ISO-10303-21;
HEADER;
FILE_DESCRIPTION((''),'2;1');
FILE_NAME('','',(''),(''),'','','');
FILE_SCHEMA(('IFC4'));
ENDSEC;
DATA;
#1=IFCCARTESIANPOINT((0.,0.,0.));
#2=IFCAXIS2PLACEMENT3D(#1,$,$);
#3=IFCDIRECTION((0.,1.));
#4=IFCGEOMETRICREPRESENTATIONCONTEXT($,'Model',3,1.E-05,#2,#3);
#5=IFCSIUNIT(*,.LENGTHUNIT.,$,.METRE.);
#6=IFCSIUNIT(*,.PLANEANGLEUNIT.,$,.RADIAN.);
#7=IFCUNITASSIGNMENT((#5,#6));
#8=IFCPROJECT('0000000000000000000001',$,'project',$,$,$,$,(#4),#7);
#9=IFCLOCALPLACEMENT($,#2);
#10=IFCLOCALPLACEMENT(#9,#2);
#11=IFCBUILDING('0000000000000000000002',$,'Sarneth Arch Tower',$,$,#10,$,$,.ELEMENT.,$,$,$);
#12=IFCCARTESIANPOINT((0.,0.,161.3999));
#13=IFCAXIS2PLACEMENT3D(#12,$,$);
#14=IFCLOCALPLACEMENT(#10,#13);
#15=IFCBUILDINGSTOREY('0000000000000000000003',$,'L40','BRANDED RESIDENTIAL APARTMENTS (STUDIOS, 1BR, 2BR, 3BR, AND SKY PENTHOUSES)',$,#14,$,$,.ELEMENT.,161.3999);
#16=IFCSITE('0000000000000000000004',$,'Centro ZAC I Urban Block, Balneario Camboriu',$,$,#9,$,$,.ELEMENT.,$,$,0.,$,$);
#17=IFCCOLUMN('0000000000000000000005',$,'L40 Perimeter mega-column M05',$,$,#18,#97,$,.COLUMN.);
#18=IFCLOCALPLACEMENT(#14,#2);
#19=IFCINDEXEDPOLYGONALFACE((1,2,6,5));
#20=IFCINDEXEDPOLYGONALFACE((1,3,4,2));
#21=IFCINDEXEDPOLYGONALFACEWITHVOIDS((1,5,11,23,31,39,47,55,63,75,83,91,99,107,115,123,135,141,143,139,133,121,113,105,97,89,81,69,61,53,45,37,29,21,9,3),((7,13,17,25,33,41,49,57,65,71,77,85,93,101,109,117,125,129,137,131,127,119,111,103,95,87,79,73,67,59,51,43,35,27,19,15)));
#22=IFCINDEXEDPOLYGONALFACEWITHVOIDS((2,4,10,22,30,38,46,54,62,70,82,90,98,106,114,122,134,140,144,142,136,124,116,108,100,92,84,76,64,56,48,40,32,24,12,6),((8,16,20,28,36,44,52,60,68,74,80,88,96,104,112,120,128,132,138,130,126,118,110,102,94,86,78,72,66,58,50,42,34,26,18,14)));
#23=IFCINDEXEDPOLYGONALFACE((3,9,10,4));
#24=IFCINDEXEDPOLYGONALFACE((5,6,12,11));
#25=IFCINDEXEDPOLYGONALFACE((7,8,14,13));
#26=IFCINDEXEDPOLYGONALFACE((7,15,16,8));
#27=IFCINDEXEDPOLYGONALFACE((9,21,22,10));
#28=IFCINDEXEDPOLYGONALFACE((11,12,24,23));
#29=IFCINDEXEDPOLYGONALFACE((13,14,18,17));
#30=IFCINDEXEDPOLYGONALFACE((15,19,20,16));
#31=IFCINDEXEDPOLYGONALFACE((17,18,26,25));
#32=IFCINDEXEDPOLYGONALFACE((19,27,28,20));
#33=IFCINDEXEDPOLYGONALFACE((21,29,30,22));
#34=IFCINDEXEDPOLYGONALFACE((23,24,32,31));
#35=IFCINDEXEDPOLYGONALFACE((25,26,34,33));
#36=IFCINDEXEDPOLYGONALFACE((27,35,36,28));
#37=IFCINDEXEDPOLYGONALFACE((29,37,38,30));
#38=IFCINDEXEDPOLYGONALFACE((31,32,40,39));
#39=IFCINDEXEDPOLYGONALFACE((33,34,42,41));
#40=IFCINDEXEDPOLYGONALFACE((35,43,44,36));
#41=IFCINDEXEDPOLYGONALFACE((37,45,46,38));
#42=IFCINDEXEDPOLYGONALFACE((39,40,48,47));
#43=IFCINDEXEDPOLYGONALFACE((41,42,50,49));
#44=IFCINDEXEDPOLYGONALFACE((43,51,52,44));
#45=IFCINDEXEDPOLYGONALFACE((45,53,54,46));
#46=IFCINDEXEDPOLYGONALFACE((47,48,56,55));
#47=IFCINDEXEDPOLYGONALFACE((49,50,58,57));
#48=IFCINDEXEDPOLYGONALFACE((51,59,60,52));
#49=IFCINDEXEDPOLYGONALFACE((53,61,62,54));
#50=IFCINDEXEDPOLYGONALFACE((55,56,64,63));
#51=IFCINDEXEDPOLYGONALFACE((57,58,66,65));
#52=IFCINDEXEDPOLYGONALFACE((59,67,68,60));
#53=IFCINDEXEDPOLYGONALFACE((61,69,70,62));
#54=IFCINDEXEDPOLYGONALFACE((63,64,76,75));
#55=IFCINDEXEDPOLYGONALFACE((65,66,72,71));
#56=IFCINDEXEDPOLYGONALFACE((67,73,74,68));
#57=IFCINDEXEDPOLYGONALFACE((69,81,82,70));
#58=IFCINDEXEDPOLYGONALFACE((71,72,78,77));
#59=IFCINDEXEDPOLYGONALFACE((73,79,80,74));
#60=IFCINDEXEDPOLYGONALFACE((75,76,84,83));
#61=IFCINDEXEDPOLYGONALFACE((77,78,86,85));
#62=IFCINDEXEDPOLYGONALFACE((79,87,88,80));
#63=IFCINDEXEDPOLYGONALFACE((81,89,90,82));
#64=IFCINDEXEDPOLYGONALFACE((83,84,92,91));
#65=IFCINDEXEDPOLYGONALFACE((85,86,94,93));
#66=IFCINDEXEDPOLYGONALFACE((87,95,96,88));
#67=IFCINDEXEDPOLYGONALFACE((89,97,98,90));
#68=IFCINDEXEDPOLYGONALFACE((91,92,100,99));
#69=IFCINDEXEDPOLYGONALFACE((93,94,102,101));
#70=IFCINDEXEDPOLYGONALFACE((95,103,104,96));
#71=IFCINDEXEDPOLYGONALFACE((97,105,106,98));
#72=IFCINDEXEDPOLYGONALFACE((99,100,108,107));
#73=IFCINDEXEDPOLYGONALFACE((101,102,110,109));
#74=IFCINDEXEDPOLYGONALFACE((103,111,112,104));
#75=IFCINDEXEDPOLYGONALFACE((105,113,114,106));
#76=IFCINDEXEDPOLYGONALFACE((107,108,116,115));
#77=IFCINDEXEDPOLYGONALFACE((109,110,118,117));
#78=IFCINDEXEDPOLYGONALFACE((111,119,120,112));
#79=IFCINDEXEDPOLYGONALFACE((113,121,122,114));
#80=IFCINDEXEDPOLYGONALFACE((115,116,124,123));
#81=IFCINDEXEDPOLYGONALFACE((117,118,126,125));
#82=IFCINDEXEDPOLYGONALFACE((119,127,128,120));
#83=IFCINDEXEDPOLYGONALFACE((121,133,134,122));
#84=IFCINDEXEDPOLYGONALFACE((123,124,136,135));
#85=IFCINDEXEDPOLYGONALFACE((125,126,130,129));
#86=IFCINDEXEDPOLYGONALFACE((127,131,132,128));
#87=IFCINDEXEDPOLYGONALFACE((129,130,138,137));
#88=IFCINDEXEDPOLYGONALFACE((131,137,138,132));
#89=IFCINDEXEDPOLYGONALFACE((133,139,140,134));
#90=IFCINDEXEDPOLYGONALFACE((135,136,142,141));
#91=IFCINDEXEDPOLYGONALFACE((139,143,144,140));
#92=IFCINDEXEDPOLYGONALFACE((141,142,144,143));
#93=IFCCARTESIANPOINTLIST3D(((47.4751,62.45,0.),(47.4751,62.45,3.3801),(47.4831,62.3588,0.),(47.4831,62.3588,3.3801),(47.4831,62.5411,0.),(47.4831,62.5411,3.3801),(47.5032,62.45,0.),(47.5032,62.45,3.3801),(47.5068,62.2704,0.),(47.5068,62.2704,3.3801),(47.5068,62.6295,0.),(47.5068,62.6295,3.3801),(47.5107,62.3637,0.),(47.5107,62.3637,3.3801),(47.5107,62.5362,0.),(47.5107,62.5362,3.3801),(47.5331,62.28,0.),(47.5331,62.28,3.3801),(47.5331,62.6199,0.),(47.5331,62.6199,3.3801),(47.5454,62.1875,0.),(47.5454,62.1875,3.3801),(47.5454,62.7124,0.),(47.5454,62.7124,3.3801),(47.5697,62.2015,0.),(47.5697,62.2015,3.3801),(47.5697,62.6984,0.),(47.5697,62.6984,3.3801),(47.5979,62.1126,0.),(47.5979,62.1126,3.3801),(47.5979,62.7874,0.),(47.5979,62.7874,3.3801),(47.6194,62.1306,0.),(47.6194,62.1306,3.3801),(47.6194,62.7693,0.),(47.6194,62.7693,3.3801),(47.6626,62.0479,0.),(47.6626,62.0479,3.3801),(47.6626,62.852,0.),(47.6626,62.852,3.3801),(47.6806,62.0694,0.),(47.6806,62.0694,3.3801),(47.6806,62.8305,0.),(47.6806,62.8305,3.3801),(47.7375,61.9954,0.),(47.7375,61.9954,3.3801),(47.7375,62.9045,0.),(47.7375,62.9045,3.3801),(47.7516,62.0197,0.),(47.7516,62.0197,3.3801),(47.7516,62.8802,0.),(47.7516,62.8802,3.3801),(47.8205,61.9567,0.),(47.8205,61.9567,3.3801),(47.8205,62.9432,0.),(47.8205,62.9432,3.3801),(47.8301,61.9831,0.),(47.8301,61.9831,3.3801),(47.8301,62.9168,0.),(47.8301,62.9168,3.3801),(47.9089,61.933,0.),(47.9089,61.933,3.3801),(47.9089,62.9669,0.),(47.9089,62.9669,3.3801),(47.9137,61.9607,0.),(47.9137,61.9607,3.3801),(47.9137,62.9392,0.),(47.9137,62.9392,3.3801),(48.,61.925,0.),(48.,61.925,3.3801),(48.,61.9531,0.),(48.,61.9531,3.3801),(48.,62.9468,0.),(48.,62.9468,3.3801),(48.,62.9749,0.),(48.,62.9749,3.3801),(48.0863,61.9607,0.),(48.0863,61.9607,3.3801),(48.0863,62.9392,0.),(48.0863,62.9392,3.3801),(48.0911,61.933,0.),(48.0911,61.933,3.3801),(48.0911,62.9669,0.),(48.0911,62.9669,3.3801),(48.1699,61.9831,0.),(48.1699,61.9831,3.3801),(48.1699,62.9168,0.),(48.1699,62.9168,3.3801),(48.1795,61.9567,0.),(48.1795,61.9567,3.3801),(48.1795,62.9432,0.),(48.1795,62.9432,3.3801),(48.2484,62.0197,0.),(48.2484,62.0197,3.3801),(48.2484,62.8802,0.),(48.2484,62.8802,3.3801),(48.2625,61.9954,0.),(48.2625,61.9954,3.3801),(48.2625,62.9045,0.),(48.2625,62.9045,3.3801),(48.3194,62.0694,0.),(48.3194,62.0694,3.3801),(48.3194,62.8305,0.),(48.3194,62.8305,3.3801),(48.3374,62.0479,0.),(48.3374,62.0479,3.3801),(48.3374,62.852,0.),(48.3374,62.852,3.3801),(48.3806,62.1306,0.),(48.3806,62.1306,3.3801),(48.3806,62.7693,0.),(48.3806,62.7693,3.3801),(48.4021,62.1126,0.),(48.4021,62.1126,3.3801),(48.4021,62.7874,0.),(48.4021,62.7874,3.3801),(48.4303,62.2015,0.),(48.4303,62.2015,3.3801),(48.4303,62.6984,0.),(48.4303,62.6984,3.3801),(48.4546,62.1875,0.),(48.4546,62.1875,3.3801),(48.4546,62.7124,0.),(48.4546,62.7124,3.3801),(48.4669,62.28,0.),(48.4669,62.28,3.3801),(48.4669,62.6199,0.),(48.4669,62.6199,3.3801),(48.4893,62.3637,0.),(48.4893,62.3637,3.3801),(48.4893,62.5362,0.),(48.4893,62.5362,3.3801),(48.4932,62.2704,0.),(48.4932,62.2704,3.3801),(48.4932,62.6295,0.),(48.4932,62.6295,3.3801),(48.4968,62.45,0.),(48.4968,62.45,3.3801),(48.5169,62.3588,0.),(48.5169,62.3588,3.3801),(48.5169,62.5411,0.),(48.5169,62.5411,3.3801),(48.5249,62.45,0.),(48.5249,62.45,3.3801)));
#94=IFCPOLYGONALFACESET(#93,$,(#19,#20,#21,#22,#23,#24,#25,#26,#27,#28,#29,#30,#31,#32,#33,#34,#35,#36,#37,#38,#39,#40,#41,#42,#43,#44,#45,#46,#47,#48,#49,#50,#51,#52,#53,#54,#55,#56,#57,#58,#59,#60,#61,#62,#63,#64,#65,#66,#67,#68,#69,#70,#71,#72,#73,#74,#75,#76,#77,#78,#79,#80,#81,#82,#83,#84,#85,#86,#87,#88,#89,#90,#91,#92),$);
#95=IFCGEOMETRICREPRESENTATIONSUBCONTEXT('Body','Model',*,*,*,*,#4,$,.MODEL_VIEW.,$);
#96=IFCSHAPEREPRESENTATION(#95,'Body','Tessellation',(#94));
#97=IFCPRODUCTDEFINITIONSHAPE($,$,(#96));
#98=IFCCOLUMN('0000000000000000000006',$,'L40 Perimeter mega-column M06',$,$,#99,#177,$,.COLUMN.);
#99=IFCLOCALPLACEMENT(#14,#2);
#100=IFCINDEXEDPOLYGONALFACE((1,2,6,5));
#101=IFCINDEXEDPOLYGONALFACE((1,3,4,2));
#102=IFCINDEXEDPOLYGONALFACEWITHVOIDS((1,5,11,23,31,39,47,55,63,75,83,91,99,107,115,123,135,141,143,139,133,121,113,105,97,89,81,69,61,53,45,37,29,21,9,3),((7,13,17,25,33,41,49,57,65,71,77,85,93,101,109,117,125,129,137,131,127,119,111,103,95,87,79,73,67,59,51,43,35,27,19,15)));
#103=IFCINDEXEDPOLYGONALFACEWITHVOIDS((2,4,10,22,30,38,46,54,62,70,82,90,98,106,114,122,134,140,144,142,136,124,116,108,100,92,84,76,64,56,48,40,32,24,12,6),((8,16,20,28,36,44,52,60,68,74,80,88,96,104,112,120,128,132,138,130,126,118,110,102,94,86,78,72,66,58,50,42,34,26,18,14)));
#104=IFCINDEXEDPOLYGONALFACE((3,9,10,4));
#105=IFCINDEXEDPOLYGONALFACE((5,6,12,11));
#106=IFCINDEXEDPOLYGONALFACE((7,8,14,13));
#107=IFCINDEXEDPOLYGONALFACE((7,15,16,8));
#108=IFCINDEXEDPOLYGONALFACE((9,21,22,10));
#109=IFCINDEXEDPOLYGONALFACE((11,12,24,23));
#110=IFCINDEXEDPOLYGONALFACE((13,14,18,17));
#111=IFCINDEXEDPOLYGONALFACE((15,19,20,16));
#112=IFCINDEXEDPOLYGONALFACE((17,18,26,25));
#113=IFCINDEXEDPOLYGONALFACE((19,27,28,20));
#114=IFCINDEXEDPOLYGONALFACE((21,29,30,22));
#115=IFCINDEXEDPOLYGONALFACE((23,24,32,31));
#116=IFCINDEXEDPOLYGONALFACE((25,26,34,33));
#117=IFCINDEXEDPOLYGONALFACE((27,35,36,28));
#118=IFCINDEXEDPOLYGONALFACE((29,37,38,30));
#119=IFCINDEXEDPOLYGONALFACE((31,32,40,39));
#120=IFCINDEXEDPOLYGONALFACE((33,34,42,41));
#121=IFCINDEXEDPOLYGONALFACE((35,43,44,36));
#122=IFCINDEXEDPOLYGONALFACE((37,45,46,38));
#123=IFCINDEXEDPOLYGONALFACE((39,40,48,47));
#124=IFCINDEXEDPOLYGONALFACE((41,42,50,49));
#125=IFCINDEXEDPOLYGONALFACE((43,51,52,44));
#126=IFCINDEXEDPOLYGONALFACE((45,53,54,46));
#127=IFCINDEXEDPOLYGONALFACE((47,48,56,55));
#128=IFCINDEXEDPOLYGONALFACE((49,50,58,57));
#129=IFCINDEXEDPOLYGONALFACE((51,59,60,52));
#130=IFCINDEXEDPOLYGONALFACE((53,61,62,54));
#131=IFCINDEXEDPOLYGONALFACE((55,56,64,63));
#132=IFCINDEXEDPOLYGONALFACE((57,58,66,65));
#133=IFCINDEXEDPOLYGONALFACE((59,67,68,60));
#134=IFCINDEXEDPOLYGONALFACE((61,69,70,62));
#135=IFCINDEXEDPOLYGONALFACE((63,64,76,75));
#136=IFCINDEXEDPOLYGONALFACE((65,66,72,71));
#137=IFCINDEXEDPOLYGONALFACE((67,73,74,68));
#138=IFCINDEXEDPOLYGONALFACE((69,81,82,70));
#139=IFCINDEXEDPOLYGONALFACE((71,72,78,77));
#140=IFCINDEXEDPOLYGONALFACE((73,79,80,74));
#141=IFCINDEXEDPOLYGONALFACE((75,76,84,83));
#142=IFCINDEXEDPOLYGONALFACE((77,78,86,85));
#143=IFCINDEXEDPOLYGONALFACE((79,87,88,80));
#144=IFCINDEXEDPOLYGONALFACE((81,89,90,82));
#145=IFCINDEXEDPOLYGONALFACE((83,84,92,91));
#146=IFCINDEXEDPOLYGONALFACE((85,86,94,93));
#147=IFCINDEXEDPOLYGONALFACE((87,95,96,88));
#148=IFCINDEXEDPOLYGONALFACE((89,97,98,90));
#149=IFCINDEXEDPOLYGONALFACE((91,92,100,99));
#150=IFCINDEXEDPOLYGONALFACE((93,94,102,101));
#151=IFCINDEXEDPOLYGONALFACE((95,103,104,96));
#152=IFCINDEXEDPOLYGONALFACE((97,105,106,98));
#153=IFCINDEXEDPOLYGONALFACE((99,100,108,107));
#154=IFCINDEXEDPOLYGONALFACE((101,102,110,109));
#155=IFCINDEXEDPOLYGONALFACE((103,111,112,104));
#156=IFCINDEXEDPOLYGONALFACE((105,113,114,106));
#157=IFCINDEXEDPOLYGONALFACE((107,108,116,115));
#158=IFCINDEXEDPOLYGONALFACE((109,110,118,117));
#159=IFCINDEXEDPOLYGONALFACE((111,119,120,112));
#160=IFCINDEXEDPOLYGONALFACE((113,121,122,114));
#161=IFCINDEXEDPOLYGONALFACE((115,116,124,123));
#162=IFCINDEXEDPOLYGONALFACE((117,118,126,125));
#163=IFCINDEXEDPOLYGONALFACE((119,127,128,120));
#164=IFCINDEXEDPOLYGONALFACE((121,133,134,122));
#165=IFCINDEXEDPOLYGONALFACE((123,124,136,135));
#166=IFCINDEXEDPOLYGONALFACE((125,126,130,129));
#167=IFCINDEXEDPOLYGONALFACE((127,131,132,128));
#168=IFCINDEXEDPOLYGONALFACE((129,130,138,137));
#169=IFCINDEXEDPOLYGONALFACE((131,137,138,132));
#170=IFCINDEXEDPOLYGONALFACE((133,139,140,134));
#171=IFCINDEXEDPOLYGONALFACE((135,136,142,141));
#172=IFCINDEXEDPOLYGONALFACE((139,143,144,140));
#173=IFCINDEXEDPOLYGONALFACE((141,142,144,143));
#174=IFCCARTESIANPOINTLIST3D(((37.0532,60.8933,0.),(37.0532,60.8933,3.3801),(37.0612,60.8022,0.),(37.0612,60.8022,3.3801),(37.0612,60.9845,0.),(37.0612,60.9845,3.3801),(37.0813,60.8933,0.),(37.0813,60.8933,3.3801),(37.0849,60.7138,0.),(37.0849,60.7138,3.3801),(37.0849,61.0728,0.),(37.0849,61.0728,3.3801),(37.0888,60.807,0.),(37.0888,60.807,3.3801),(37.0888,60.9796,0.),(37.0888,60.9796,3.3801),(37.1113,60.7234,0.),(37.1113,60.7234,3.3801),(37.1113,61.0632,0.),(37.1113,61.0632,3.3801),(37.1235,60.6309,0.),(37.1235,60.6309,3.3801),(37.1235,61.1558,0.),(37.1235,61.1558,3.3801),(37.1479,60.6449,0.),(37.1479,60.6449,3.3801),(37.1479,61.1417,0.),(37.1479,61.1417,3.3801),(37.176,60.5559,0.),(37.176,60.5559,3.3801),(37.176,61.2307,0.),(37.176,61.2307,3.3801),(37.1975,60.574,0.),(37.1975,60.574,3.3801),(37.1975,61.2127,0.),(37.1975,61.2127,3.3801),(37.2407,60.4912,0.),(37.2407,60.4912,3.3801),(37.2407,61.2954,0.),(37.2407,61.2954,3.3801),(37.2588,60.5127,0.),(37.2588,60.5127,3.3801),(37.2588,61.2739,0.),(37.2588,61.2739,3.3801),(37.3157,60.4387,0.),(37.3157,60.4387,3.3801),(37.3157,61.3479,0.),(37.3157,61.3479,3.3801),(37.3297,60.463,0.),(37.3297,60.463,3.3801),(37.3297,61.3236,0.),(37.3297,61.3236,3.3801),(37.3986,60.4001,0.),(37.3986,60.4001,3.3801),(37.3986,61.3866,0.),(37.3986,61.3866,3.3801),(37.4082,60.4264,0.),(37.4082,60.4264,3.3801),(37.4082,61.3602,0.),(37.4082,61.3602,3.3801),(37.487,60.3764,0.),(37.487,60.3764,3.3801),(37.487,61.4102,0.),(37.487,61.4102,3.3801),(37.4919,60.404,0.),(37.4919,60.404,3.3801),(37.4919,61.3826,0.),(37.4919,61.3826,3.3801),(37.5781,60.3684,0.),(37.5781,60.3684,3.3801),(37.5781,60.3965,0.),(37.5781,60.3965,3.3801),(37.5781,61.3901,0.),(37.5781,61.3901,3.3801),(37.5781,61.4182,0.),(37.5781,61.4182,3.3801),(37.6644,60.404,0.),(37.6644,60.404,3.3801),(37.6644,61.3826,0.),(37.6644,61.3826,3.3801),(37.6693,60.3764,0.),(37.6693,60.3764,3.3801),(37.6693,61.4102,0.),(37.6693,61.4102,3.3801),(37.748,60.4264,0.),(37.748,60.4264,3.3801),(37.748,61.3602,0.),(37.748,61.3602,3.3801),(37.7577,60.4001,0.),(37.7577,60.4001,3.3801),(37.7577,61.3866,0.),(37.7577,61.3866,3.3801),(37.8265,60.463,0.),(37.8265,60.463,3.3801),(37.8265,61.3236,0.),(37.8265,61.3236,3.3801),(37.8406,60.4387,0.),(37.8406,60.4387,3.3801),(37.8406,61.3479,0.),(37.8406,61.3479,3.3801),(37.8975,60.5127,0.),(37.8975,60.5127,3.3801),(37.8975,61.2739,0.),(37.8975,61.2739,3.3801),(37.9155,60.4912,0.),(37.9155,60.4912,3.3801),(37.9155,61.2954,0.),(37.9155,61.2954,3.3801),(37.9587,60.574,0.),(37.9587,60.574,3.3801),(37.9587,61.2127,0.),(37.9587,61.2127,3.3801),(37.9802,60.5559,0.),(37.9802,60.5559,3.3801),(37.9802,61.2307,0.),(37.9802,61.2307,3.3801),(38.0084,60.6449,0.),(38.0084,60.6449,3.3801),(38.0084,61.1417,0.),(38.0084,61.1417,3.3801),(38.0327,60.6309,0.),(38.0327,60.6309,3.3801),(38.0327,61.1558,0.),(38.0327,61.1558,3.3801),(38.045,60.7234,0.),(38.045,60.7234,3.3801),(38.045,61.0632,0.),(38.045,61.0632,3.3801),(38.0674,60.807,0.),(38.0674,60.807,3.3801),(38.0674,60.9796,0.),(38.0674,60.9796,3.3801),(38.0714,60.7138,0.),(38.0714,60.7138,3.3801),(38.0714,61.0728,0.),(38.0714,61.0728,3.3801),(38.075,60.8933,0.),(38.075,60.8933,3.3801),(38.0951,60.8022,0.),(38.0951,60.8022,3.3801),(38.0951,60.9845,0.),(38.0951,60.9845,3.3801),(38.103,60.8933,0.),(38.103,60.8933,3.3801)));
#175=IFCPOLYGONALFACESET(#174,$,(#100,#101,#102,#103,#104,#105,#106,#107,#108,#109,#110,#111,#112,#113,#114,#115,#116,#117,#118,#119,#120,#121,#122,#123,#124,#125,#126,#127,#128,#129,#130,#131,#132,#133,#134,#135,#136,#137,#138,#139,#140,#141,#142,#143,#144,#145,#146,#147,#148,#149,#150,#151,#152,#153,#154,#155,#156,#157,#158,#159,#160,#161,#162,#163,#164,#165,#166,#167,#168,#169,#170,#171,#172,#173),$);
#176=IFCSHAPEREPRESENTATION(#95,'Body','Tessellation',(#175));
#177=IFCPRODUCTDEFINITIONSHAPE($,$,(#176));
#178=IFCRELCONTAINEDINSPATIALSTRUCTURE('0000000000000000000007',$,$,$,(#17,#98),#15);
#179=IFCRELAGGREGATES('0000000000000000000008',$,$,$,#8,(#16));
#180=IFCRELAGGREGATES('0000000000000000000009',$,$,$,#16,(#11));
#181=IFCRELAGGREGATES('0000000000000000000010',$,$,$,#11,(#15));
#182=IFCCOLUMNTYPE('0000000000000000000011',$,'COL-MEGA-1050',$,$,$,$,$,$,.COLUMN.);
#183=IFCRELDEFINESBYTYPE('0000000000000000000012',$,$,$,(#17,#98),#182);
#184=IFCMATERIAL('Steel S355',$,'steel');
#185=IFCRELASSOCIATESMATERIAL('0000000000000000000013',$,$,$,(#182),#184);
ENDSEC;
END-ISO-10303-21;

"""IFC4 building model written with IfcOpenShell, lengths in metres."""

from ifc_helpers import new_model, si_unit, direction, frame, origin, origin_2d, place, context, subcontext, project, spatial, hollow_circle, extrude, material, material_profile, profile_set, type_object, element, save


model = new_model("IFC4")

# Units and contexts
model_context = context("Model", 3, precision=1e-05, world=origin(), true_north=direction((0.0, 1.0)))
body_context = subcontext(model_context, "Body", "Model", "MODEL_VIEW")
ifc_project = project(units=[si_unit("LENGTHUNIT", "METRE"), si_unit("PLANEANGLEUNIT", "RADIAN")], contexts=[model_context])

# Site, building, storey
site_placement = place(None, origin())
site = spatial("IfcSite", under=ifc_project, at=site_placement, Name="Centro ZAC I Urban Block, Balneario Camboriu", CompositionType="ELEMENT", RefElevation=0.0)
building_placement = place(site_placement, origin())
building = spatial("IfcBuilding", under=site, at=building_placement, Name="Sarneth Arch Tower", CompositionType="ELEMENT")
storey_placement = place(building_placement, frame((0.0, 0.0, 161.3999)))
storey = spatial("IfcBuildingStorey", under=building, at=storey_placement, Name="L40", Description="BRANDED RESIDENTIAL APARTMENTS (STUDIOS, 1BR, 2BR, 3BR, AND SKY PENTHOUSES)", CompositionType="ELEMENT", Elevation=161.3999)

# Columns
ifc_material_1 = material(Name="Steel S355", Category="steel")
ifc_material_profile_1 = material_profile(ifc_material_1, hollow_circle(Radius=0.5249, WallThickness=0.0281, at=origin_2d()), Name="CHS1050x28")
ifc_profile_set_1 = profile_set([ifc_material_profile_1], Name="Steel S355")
column_type = type_object("IfcColumnType", Name="COL-MEGA-1050", PredefinedType="COLUMN", material=ifc_profile_set_1)
for number, where, z_axis, x_axis, name in (
    (1, (48.0, 62.45, 0.0), (0.0, 0.0, 1.0), (1.0, 0.0, 0.0), "L40 Perimeter mega-column M05"),
    (2, (37.5781, 60.8933, 0.0), (0.0, 0.0, 1.0), (1.0, 0.0, 0.0), "L40 Perimeter mega-column M06"),
):
    element("IfcColumn", number, at=place(storey_placement, frame(where, z_axis=z_axis, x_axis=x_axis)), inside=storey, type_object=column_type, Name=name, PredefinedType="COLUMN", context=body_context, shape_type="SweptSolid", body=[
        extrude(hollow_circle(Radius=0.5249, WallThickness=0.0281, at=origin_2d()), origin(), (0.0, 0.0, 1.0), 3.3801),
    ])

save(model, "model.ifc")
